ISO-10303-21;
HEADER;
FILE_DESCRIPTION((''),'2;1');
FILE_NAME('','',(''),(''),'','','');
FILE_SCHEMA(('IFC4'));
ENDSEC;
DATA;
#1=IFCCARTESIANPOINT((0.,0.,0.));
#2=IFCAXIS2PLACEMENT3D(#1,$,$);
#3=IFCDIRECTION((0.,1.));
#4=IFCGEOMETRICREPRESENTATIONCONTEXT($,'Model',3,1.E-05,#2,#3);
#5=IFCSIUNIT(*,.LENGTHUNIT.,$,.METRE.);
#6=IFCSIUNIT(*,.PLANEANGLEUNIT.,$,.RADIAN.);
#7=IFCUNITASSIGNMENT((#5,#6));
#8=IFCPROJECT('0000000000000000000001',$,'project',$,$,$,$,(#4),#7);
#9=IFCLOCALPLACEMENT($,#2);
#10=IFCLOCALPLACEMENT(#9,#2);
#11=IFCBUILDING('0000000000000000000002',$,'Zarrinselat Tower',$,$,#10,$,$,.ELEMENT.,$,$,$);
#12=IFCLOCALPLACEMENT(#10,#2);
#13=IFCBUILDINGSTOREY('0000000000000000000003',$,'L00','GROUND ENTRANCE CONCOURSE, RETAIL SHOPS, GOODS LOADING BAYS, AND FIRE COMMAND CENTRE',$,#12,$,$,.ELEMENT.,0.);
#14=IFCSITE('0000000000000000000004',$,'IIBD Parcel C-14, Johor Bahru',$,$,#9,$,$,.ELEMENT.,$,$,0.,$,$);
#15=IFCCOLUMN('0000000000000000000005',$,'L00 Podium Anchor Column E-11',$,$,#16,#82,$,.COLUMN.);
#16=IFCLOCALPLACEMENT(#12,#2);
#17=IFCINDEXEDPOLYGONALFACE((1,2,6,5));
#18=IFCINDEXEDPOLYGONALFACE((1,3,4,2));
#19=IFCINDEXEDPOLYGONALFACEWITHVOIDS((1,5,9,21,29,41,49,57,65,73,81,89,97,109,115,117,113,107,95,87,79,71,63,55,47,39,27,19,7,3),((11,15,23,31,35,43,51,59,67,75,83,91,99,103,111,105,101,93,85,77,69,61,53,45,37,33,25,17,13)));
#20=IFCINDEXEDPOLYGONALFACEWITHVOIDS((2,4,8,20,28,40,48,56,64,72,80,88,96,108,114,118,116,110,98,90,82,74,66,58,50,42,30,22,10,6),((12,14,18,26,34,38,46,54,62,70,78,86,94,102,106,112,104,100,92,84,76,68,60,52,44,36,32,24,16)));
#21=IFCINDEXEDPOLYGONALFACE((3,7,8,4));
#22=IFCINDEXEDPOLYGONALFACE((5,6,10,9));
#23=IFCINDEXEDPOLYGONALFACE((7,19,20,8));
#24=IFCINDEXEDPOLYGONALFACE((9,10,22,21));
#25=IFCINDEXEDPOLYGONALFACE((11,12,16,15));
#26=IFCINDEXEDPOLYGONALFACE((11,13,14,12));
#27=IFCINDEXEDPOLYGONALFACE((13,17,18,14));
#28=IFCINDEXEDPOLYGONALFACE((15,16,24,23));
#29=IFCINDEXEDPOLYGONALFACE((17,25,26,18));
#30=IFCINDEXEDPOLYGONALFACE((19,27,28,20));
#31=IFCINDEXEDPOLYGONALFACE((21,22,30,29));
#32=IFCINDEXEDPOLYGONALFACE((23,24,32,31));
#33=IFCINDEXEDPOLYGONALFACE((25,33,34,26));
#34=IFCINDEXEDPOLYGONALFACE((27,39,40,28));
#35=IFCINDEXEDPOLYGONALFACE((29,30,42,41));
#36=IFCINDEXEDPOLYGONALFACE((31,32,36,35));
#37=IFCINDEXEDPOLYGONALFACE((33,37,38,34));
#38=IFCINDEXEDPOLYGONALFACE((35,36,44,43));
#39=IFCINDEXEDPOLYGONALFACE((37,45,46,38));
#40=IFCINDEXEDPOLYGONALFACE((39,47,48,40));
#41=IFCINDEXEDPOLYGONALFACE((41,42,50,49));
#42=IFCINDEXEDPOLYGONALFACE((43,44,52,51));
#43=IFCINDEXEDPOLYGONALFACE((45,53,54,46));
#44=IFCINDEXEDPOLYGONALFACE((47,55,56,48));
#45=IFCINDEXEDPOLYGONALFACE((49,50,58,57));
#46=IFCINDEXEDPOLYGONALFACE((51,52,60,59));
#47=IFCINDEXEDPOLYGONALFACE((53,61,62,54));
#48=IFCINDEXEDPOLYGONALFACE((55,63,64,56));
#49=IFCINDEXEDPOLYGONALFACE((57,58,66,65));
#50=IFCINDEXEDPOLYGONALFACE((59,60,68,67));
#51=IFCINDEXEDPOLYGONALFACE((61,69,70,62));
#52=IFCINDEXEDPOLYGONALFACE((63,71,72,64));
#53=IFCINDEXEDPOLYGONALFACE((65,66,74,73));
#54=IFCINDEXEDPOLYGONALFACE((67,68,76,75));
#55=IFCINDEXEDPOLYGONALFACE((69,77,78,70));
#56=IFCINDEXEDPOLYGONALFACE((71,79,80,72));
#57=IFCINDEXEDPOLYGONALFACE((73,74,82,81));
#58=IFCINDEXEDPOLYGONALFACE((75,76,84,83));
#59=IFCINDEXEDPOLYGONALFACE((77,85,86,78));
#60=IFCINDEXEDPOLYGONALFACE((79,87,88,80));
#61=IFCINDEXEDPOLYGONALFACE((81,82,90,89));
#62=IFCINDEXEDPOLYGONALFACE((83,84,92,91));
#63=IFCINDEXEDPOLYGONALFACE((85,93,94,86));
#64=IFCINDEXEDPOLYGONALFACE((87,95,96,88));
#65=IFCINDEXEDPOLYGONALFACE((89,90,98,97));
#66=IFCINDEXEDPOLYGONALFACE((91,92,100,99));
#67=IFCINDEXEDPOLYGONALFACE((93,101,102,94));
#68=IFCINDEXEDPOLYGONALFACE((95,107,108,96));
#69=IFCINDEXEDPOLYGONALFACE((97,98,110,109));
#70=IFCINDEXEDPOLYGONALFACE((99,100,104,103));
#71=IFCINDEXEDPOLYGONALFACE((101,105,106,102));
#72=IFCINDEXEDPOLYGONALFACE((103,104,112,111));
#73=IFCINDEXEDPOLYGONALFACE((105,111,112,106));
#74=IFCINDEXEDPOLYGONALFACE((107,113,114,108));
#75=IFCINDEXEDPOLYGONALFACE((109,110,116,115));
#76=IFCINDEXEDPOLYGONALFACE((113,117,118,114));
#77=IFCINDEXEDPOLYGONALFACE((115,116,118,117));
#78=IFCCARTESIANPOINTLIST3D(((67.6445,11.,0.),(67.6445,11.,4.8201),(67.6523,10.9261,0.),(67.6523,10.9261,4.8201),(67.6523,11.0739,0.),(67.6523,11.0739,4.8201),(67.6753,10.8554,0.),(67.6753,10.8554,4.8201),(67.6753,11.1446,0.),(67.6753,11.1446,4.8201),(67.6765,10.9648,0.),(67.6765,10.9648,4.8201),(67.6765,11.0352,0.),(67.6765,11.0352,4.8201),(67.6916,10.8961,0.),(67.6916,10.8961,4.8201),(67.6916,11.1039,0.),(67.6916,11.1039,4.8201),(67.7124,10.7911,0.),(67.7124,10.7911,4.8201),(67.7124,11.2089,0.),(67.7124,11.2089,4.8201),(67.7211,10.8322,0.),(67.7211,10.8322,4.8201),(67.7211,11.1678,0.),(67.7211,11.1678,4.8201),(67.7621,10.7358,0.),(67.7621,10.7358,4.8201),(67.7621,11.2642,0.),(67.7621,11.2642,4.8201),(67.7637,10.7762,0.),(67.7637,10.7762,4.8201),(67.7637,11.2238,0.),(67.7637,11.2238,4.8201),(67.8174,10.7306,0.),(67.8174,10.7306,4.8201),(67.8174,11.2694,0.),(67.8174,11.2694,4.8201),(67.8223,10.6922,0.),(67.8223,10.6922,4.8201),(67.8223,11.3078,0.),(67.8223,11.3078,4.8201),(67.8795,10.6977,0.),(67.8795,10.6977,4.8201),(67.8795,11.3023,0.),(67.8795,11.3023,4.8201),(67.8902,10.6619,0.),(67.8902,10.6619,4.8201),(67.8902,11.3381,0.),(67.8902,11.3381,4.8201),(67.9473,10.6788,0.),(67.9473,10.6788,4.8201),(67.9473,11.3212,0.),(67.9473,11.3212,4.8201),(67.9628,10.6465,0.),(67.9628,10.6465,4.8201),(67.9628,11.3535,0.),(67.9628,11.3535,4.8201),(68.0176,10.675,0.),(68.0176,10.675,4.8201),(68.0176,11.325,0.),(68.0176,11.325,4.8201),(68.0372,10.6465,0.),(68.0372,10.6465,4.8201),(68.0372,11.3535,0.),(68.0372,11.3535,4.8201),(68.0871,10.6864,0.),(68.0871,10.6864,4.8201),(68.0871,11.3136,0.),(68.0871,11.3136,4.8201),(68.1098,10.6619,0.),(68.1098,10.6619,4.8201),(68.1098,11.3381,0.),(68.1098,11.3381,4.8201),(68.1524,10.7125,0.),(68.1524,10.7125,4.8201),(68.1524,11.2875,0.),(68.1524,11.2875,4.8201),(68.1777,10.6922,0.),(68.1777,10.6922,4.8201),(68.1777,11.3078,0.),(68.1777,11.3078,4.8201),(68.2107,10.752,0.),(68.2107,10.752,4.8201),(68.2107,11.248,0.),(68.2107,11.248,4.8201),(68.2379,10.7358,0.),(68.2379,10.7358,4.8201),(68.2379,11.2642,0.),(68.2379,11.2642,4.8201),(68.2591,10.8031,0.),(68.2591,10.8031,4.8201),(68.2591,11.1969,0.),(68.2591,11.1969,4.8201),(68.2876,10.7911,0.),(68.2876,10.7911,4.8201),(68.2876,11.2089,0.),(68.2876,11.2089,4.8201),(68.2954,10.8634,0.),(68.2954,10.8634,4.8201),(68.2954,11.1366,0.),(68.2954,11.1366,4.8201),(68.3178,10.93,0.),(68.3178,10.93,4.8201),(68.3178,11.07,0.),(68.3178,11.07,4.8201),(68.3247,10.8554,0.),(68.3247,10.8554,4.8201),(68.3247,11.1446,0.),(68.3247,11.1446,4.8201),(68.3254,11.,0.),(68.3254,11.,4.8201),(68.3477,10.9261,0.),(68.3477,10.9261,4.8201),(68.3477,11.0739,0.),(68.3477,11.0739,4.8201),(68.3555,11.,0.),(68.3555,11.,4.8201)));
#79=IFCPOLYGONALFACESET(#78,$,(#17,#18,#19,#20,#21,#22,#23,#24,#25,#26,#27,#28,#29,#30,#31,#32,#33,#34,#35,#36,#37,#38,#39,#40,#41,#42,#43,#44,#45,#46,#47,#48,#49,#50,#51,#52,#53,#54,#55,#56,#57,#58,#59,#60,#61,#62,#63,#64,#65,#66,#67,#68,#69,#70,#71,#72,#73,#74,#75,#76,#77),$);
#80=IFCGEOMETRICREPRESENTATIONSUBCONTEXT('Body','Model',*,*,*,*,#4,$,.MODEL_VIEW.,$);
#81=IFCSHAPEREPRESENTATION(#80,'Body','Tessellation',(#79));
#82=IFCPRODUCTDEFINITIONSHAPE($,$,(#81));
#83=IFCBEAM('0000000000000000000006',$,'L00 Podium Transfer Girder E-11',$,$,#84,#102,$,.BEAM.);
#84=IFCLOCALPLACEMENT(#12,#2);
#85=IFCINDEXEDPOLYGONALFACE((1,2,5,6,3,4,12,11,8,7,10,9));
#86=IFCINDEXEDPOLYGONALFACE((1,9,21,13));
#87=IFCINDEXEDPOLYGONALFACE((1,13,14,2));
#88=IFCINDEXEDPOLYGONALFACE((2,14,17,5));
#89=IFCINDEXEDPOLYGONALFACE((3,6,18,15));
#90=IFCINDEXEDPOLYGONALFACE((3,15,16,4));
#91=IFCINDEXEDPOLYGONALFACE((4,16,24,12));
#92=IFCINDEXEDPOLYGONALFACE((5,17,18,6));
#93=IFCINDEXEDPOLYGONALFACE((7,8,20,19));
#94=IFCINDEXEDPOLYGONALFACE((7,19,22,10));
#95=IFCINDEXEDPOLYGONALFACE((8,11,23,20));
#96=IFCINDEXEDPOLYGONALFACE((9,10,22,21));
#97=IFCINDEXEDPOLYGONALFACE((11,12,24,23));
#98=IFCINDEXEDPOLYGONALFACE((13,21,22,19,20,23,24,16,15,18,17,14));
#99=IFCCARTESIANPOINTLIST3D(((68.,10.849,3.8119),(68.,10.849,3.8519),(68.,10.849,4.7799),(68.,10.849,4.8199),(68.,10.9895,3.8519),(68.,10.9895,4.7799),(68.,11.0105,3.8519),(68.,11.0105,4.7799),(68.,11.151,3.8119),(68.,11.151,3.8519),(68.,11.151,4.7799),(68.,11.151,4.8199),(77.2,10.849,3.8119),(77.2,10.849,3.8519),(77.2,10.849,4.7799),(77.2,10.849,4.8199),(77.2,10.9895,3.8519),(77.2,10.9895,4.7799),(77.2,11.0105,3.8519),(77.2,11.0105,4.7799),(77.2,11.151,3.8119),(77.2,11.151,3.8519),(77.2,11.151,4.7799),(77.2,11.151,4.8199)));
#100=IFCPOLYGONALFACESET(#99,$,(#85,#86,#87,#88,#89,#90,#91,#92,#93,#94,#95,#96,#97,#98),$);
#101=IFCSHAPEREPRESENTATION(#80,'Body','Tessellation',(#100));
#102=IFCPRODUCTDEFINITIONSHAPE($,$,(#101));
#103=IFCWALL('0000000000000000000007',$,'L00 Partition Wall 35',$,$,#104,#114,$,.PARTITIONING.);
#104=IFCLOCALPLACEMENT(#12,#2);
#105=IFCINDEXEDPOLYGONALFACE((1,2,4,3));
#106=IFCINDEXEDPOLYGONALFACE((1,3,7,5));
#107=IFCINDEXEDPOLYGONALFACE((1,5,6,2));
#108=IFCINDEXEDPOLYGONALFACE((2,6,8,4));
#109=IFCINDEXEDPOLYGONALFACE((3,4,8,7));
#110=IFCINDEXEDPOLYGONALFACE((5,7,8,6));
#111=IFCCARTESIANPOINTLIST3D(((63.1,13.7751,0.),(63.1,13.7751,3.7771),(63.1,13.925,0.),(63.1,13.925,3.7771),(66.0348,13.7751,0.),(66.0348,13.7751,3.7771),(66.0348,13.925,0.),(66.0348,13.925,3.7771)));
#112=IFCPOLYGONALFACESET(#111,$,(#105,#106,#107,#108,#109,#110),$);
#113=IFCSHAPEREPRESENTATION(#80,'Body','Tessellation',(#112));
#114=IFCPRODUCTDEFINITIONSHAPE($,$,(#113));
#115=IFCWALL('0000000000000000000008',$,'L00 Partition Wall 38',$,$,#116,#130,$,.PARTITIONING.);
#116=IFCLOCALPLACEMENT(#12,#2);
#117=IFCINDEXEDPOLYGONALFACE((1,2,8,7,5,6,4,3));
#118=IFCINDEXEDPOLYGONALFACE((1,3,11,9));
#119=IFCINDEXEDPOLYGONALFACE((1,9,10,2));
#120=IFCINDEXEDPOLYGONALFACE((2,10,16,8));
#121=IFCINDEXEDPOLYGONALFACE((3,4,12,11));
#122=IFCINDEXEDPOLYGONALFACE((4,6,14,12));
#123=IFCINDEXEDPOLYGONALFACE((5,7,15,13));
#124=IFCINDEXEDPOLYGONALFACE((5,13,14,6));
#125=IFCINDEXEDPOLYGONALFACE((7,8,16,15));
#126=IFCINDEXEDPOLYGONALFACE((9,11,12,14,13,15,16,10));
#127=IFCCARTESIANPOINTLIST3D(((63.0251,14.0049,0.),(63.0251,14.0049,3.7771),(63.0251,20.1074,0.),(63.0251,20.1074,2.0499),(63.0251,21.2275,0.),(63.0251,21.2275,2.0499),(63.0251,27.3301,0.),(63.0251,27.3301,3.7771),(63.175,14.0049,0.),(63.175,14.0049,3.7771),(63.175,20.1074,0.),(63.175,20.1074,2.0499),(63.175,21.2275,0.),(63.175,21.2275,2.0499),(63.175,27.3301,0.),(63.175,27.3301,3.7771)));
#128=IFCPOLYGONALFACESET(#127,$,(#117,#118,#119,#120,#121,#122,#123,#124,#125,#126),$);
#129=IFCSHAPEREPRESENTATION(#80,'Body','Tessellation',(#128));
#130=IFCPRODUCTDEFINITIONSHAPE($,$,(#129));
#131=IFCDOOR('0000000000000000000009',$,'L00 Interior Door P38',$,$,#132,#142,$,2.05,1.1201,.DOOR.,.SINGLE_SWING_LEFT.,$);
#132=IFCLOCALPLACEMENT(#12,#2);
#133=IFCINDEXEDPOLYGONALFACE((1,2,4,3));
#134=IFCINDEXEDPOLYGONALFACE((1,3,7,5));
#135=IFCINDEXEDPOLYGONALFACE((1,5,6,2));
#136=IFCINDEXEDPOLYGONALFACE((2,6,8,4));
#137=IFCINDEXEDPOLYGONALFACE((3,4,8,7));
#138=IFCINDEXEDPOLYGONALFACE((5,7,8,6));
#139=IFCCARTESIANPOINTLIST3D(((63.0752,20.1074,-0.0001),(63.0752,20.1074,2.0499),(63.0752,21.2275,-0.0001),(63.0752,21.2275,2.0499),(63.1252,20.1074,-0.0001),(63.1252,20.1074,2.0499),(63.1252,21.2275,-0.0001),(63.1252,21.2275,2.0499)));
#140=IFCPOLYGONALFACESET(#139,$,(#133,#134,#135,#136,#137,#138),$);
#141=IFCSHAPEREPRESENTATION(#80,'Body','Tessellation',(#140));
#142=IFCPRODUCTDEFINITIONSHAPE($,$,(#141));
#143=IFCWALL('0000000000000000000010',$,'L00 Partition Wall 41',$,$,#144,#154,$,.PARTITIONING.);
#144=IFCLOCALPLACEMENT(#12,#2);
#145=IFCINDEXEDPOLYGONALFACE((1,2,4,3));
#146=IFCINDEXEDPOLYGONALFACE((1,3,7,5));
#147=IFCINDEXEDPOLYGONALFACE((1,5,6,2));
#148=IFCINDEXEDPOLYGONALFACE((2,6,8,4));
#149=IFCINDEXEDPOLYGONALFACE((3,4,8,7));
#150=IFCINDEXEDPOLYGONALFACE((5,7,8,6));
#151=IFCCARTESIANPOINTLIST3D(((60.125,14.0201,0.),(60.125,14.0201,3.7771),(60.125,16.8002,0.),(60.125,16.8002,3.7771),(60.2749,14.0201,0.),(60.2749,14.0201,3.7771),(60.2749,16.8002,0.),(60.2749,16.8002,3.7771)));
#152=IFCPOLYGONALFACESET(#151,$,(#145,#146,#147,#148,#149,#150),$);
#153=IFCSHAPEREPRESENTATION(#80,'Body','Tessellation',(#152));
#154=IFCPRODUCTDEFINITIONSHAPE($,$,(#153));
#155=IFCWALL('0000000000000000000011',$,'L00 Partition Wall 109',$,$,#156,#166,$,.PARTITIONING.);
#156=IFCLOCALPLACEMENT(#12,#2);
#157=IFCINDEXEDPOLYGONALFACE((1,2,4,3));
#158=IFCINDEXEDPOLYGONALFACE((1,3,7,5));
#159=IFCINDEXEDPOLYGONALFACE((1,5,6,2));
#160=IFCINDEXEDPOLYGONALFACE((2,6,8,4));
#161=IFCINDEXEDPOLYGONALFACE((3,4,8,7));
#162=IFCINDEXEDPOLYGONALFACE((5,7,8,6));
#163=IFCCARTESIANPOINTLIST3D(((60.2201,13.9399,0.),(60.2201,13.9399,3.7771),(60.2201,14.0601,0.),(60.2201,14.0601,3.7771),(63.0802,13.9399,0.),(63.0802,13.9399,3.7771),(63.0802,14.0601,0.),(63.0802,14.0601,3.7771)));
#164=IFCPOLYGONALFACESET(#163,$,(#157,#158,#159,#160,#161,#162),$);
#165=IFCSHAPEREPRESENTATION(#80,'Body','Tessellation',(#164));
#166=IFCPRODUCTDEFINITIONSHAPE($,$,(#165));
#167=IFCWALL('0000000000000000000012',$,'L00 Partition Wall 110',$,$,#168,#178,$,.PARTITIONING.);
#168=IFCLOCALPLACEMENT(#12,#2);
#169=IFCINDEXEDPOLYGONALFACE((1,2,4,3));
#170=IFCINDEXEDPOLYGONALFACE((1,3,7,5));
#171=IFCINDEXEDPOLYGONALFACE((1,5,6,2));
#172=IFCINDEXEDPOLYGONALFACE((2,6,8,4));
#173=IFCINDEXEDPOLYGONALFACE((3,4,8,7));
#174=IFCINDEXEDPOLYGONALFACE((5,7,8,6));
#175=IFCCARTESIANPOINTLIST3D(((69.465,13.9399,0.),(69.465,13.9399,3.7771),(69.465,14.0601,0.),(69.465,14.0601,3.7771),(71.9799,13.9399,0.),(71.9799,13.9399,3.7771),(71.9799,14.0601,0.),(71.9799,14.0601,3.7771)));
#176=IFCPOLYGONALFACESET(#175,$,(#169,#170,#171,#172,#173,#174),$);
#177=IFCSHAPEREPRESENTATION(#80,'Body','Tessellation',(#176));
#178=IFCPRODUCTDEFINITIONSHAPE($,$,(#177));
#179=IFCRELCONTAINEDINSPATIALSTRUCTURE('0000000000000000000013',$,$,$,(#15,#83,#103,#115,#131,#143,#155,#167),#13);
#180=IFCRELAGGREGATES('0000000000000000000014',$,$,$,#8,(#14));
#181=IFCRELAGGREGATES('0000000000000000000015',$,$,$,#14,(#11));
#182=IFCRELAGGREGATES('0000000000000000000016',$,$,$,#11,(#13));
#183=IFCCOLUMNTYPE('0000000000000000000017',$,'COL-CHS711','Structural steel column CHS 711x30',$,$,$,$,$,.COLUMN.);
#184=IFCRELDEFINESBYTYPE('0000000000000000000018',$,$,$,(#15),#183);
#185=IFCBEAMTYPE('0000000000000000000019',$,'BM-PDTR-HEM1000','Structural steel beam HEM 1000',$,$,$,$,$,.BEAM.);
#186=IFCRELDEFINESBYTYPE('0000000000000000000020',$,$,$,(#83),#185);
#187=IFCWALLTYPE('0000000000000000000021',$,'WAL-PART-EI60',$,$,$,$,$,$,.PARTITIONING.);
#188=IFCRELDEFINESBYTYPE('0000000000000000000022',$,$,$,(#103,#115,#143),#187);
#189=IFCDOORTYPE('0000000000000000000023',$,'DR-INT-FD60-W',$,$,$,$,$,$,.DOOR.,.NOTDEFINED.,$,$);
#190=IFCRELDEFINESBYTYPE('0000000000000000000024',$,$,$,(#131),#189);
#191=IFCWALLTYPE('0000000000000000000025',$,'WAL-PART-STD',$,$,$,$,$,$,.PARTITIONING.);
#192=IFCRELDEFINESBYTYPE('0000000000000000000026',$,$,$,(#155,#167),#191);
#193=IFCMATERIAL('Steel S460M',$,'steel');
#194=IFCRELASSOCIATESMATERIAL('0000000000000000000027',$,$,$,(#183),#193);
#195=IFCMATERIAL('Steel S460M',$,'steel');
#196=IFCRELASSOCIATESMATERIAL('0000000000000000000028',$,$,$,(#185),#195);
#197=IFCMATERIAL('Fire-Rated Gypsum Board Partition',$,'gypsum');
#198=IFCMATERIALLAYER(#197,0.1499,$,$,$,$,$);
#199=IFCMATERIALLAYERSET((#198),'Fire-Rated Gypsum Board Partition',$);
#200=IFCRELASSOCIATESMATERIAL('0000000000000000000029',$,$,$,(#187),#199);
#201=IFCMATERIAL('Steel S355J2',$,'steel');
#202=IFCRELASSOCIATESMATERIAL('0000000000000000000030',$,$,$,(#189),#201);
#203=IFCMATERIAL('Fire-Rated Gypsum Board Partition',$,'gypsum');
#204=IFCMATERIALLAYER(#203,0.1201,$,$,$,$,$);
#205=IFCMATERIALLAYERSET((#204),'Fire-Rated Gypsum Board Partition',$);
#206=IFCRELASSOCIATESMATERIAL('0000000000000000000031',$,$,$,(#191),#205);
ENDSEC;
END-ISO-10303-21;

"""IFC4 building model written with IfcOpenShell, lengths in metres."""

from ifc_helpers import new_model, si_unit, direction, frame, frame_2d, origin, origin_2d, place, context, subcontext, project, spatial, rectangle, hollow_circle, i_section, extrude, material, layer, layer_set, material_profile, profile_set, type_object, element, fill, save


model = new_model("IFC4")

# Units and contexts
model_context = context("Model", 3, precision=1e-05, world=origin(), true_north=direction((0.0, 1.0)))
body_context = subcontext(model_context, "Body", "Model", "MODEL_VIEW")
ifc_project = project(units=[si_unit("LENGTHUNIT", "METRE"), si_unit("PLANEANGLEUNIT", "RADIAN")], contexts=[model_context])

# Site, building, storey
site_placement = place(None, origin())
site = spatial("IfcSite", under=ifc_project, at=site_placement, Name="IIBD Parcel C-14, Johor Bahru", CompositionType="ELEMENT", RefElevation=0.0)
building_placement = place(site_placement, origin())
building = spatial("IfcBuilding", under=site, at=building_placement, Name="Zarrinselat Tower", CompositionType="ELEMENT")
storey_placement = place(building_placement, origin())
storey = spatial("IfcBuildingStorey", under=building, at=storey_placement, Name="L00", Description="GROUND ENTRANCE CONCOURSE, RETAIL SHOPS, GOODS LOADING BAYS, AND FIRE COMMAND CENTRE", CompositionType="ELEMENT", Elevation=0.0)

# Column
ifc_material_1 = material(Name="Steel S460M", Category="steel")
ifc_material_profile_1 = material_profile(ifc_material_1, hollow_circle(Radius=0.3555, WallThickness=0.03, at=origin_2d()), Name="CHS 711x30")
ifc_profile_set_1 = profile_set([ifc_material_profile_1], Name="Steel S460M")
column_type = type_object("IfcColumnType", Name="COL-CHS711", Description="Structural steel column CHS 711x30", PredefinedType="COLUMN", material=ifc_profile_set_1)
column_placement = place(storey_placement, frame((68.0, 11.0, 0.0), z_axis=(0.0, 0.0, 1.0), x_axis=(1.0, 0.0, 0.0)))
element("IfcColumn", 1, at=column_placement, inside=storey, type_object=column_type, Name="L00 Podium Anchor Column E-11", PredefinedType="COLUMN", context=body_context, shape_type="SweptSolid", body=[
    extrude(hollow_circle(Radius=0.3555, WallThickness=0.03, at=origin_2d()), origin(), (0.0, 0.0, 1.0), 4.8201),
])

# Beam
ifc_material_2 = material(Name="Steel S460M", Category="steel")
ifc_material_profile_2 = material_profile(ifc_material_2, i_section(OverallWidth=0.302, OverallDepth=1.0081, WebThickness=0.021, FlangeThickness=0.04, at=origin_2d()), Name="HEM 1000")
ifc_profile_set_2 = profile_set([ifc_material_profile_2], Name="Steel S460M")
beam_type = type_object("IfcBeamType", Name="BM-PDTR-HEM1000", Description="Structural steel beam HEM 1000", PredefinedType="BEAM", material=ifc_profile_set_2)
beam_placement = place(storey_placement, frame((68.0, 11.0, 4.3159), z_axis=(1.0, 0.0, 0.0), x_axis=(0.0, 1.0, 0.0)))
element("IfcBeam", 2, at=beam_placement, inside=storey, type_object=beam_type, Name="L00 Podium Transfer Girder E-11", PredefinedType="BEAM", context=body_context, shape_type="SweptSolid", body=[
    extrude(i_section(OverallWidth=0.302, OverallDepth=1.0081, WebThickness=0.021, FlangeThickness=0.04, at=origin_2d()), origin(), (0.0, 0.0, 1.0), 9.2),
])

# Wall
ifc_material_3 = material(Name="Fire-Rated Gypsum Board Partition", Category="gypsum")
ifc_layer_1 = layer(ifc_material_3, 0.1499)
ifc_layer_set_1 = layer_set([ifc_layer_1], Name="Fire-Rated Gypsum Board Partition")
wall_type_1 = type_object("IfcWallType", Name="WAL-PART-EI60", PredefinedType="PARTITIONING", material=ifc_layer_set_1)
wall_1_placement = place(storey_placement, frame((63.1001, 13.8501, 0.0), z_axis=(0.0, 0.0, 1.0), x_axis=(1.0, 0.0, 0.0)))
element("IfcWall", 3, at=wall_1_placement, inside=storey, type_object=wall_type_1, Name="L00 Partition Wall 35", PredefinedType="PARTITIONING", context=body_context, shape_type="SweptSolid", body=[
    extrude(rectangle(XDim=2.9348, YDim=0.1499, at=frame_2d((1.4673, 0.0))), origin(), (0.0, 0.0, 1.0), 3.7771),
])

# Wall, opening, door
wall_2_placement = place(storey_placement, frame((63.1001, 14.0049, 0.0), z_axis=(0.0, 0.0, 1.0), x_axis=(0.0, 1.0, 0.0)))
wall_2 = element("IfcWall", 4, at=wall_2_placement, inside=storey, type_object=wall_type_1, Name="L00 Partition Wall 38", PredefinedType="PARTITIONING", context=body_context, shape_type="SweptSolid", body=[
    extrude(rectangle(XDim=13.3252, YDim=0.1499, at=frame_2d((6.6626, 0.0))), origin(), (0.0, 0.0, 1.0), 3.7771),
])
opening_1_placement = place(wall_2_placement, frame((6.1025, 0.0, 0.0)))
opening_1 = element("IfcOpeningElement", 5, at=opening_1_placement, cuts=wall_2, PredefinedType="OPENING", context=body_context, shape_type="SweptSolid", body=[
    extrude(rectangle(XDim=1.1201, YDim=2.05, at=frame_2d((0.5601, 1.0249))), frame((0.0, 0.085, 0.0), z_axis=(0.0, -1.0, 0.0), x_axis=(1.0, 0.0, 0.0)), (0.0, 0.0, 1.0), 0.1699),
])
ifc_material_4 = material(Name="Steel S355J2", Category="steel")
door_type_1 = type_object("IfcDoorType", Name="DR-INT-FD60-W", OperationType="NOTDEFINED", PredefinedType="DOOR", material=ifc_material_4)
door_1_placement = place(opening_1_placement, origin())
door_1 = element("IfcDoor", 6, at=door_1_placement, inside=storey, type_object=door_type_1, Name="L00 Interior Door P38", OperationType="SINGLE_SWING_LEFT", OverallHeight=2.05, OverallWidth=1.1201, PredefinedType="DOOR", context=body_context, shape_type="SweptSolid", body=[
    extrude(rectangle(XDim=1.1201, YDim=2.05, at=frame_2d((0.5601, 1.0249))), frame((0.0, 0.0249, 0.0), z_axis=(0.0, -1.0, 0.0), x_axis=(1.0, 0.0, 0.0)), (0.0, 0.0, 1.0), 0.05),
])
fill(opening_1, door_1)

# Walls
wall_3_placement = place(storey_placement, frame((60.2, 14.02, 0.0), z_axis=(0.0, 0.0, 1.0), x_axis=(0.0, 1.0, 0.0)))
element("IfcWall", 7, at=wall_3_placement, inside=storey, type_object=wall_type_1, Name="L00 Partition Wall 41", PredefinedType="PARTITIONING", context=body_context, shape_type="SweptSolid", body=[
    extrude(rectangle(XDim=2.78, YDim=0.1499, at=frame_2d((1.3901, 0.0))), origin(), (0.0, 0.0, 1.0), 3.7771),
])
ifc_material_5 = material(Name="Fire-Rated Gypsum Board Partition", Category="gypsum")
ifc_layer_2 = layer(ifc_material_5, 0.1201)
ifc_layer_set_2 = layer_set([ifc_layer_2], Name="Fire-Rated Gypsum Board Partition")
wall_type_2 = type_object("IfcWallType", Name="WAL-PART-STD", PredefinedType="PARTITIONING", material=ifc_layer_set_2)
wall_4_placement = place(storey_placement, frame((60.22, 14.0, 0.0), z_axis=(0.0, 0.0, 1.0), x_axis=(1.0, 0.0, 0.0)))
element("IfcWall", 8, at=wall_4_placement, inside=storey, type_object=wall_type_2, Name="L00 Partition Wall 109", PredefinedType="PARTITIONING", context=body_context, shape_type="SweptSolid", body=[
    extrude(rectangle(XDim=2.8601, YDim=0.1201, at=frame_2d((1.4302, 0.0))), origin(), (0.0, 0.0, 1.0), 3.7771),
])
wall_5_placement = place(storey_placement, frame((69.4651, 14.0, 0.0), z_axis=(0.0, 0.0, 1.0), x_axis=(1.0, 0.0, 0.0)))
element("IfcWall", 9, at=wall_5_placement, inside=storey, type_object=wall_type_2, Name="L00 Partition Wall 110", PredefinedType="PARTITIONING", context=body_context, shape_type="SweptSolid", body=[
    extrude(rectangle(XDim=2.5149, YDim=0.1201, at=frame_2d((1.2573, 0.0))), origin(), (0.0, 0.0, 1.0), 3.7771),
])

save(model, "model.ifc")
